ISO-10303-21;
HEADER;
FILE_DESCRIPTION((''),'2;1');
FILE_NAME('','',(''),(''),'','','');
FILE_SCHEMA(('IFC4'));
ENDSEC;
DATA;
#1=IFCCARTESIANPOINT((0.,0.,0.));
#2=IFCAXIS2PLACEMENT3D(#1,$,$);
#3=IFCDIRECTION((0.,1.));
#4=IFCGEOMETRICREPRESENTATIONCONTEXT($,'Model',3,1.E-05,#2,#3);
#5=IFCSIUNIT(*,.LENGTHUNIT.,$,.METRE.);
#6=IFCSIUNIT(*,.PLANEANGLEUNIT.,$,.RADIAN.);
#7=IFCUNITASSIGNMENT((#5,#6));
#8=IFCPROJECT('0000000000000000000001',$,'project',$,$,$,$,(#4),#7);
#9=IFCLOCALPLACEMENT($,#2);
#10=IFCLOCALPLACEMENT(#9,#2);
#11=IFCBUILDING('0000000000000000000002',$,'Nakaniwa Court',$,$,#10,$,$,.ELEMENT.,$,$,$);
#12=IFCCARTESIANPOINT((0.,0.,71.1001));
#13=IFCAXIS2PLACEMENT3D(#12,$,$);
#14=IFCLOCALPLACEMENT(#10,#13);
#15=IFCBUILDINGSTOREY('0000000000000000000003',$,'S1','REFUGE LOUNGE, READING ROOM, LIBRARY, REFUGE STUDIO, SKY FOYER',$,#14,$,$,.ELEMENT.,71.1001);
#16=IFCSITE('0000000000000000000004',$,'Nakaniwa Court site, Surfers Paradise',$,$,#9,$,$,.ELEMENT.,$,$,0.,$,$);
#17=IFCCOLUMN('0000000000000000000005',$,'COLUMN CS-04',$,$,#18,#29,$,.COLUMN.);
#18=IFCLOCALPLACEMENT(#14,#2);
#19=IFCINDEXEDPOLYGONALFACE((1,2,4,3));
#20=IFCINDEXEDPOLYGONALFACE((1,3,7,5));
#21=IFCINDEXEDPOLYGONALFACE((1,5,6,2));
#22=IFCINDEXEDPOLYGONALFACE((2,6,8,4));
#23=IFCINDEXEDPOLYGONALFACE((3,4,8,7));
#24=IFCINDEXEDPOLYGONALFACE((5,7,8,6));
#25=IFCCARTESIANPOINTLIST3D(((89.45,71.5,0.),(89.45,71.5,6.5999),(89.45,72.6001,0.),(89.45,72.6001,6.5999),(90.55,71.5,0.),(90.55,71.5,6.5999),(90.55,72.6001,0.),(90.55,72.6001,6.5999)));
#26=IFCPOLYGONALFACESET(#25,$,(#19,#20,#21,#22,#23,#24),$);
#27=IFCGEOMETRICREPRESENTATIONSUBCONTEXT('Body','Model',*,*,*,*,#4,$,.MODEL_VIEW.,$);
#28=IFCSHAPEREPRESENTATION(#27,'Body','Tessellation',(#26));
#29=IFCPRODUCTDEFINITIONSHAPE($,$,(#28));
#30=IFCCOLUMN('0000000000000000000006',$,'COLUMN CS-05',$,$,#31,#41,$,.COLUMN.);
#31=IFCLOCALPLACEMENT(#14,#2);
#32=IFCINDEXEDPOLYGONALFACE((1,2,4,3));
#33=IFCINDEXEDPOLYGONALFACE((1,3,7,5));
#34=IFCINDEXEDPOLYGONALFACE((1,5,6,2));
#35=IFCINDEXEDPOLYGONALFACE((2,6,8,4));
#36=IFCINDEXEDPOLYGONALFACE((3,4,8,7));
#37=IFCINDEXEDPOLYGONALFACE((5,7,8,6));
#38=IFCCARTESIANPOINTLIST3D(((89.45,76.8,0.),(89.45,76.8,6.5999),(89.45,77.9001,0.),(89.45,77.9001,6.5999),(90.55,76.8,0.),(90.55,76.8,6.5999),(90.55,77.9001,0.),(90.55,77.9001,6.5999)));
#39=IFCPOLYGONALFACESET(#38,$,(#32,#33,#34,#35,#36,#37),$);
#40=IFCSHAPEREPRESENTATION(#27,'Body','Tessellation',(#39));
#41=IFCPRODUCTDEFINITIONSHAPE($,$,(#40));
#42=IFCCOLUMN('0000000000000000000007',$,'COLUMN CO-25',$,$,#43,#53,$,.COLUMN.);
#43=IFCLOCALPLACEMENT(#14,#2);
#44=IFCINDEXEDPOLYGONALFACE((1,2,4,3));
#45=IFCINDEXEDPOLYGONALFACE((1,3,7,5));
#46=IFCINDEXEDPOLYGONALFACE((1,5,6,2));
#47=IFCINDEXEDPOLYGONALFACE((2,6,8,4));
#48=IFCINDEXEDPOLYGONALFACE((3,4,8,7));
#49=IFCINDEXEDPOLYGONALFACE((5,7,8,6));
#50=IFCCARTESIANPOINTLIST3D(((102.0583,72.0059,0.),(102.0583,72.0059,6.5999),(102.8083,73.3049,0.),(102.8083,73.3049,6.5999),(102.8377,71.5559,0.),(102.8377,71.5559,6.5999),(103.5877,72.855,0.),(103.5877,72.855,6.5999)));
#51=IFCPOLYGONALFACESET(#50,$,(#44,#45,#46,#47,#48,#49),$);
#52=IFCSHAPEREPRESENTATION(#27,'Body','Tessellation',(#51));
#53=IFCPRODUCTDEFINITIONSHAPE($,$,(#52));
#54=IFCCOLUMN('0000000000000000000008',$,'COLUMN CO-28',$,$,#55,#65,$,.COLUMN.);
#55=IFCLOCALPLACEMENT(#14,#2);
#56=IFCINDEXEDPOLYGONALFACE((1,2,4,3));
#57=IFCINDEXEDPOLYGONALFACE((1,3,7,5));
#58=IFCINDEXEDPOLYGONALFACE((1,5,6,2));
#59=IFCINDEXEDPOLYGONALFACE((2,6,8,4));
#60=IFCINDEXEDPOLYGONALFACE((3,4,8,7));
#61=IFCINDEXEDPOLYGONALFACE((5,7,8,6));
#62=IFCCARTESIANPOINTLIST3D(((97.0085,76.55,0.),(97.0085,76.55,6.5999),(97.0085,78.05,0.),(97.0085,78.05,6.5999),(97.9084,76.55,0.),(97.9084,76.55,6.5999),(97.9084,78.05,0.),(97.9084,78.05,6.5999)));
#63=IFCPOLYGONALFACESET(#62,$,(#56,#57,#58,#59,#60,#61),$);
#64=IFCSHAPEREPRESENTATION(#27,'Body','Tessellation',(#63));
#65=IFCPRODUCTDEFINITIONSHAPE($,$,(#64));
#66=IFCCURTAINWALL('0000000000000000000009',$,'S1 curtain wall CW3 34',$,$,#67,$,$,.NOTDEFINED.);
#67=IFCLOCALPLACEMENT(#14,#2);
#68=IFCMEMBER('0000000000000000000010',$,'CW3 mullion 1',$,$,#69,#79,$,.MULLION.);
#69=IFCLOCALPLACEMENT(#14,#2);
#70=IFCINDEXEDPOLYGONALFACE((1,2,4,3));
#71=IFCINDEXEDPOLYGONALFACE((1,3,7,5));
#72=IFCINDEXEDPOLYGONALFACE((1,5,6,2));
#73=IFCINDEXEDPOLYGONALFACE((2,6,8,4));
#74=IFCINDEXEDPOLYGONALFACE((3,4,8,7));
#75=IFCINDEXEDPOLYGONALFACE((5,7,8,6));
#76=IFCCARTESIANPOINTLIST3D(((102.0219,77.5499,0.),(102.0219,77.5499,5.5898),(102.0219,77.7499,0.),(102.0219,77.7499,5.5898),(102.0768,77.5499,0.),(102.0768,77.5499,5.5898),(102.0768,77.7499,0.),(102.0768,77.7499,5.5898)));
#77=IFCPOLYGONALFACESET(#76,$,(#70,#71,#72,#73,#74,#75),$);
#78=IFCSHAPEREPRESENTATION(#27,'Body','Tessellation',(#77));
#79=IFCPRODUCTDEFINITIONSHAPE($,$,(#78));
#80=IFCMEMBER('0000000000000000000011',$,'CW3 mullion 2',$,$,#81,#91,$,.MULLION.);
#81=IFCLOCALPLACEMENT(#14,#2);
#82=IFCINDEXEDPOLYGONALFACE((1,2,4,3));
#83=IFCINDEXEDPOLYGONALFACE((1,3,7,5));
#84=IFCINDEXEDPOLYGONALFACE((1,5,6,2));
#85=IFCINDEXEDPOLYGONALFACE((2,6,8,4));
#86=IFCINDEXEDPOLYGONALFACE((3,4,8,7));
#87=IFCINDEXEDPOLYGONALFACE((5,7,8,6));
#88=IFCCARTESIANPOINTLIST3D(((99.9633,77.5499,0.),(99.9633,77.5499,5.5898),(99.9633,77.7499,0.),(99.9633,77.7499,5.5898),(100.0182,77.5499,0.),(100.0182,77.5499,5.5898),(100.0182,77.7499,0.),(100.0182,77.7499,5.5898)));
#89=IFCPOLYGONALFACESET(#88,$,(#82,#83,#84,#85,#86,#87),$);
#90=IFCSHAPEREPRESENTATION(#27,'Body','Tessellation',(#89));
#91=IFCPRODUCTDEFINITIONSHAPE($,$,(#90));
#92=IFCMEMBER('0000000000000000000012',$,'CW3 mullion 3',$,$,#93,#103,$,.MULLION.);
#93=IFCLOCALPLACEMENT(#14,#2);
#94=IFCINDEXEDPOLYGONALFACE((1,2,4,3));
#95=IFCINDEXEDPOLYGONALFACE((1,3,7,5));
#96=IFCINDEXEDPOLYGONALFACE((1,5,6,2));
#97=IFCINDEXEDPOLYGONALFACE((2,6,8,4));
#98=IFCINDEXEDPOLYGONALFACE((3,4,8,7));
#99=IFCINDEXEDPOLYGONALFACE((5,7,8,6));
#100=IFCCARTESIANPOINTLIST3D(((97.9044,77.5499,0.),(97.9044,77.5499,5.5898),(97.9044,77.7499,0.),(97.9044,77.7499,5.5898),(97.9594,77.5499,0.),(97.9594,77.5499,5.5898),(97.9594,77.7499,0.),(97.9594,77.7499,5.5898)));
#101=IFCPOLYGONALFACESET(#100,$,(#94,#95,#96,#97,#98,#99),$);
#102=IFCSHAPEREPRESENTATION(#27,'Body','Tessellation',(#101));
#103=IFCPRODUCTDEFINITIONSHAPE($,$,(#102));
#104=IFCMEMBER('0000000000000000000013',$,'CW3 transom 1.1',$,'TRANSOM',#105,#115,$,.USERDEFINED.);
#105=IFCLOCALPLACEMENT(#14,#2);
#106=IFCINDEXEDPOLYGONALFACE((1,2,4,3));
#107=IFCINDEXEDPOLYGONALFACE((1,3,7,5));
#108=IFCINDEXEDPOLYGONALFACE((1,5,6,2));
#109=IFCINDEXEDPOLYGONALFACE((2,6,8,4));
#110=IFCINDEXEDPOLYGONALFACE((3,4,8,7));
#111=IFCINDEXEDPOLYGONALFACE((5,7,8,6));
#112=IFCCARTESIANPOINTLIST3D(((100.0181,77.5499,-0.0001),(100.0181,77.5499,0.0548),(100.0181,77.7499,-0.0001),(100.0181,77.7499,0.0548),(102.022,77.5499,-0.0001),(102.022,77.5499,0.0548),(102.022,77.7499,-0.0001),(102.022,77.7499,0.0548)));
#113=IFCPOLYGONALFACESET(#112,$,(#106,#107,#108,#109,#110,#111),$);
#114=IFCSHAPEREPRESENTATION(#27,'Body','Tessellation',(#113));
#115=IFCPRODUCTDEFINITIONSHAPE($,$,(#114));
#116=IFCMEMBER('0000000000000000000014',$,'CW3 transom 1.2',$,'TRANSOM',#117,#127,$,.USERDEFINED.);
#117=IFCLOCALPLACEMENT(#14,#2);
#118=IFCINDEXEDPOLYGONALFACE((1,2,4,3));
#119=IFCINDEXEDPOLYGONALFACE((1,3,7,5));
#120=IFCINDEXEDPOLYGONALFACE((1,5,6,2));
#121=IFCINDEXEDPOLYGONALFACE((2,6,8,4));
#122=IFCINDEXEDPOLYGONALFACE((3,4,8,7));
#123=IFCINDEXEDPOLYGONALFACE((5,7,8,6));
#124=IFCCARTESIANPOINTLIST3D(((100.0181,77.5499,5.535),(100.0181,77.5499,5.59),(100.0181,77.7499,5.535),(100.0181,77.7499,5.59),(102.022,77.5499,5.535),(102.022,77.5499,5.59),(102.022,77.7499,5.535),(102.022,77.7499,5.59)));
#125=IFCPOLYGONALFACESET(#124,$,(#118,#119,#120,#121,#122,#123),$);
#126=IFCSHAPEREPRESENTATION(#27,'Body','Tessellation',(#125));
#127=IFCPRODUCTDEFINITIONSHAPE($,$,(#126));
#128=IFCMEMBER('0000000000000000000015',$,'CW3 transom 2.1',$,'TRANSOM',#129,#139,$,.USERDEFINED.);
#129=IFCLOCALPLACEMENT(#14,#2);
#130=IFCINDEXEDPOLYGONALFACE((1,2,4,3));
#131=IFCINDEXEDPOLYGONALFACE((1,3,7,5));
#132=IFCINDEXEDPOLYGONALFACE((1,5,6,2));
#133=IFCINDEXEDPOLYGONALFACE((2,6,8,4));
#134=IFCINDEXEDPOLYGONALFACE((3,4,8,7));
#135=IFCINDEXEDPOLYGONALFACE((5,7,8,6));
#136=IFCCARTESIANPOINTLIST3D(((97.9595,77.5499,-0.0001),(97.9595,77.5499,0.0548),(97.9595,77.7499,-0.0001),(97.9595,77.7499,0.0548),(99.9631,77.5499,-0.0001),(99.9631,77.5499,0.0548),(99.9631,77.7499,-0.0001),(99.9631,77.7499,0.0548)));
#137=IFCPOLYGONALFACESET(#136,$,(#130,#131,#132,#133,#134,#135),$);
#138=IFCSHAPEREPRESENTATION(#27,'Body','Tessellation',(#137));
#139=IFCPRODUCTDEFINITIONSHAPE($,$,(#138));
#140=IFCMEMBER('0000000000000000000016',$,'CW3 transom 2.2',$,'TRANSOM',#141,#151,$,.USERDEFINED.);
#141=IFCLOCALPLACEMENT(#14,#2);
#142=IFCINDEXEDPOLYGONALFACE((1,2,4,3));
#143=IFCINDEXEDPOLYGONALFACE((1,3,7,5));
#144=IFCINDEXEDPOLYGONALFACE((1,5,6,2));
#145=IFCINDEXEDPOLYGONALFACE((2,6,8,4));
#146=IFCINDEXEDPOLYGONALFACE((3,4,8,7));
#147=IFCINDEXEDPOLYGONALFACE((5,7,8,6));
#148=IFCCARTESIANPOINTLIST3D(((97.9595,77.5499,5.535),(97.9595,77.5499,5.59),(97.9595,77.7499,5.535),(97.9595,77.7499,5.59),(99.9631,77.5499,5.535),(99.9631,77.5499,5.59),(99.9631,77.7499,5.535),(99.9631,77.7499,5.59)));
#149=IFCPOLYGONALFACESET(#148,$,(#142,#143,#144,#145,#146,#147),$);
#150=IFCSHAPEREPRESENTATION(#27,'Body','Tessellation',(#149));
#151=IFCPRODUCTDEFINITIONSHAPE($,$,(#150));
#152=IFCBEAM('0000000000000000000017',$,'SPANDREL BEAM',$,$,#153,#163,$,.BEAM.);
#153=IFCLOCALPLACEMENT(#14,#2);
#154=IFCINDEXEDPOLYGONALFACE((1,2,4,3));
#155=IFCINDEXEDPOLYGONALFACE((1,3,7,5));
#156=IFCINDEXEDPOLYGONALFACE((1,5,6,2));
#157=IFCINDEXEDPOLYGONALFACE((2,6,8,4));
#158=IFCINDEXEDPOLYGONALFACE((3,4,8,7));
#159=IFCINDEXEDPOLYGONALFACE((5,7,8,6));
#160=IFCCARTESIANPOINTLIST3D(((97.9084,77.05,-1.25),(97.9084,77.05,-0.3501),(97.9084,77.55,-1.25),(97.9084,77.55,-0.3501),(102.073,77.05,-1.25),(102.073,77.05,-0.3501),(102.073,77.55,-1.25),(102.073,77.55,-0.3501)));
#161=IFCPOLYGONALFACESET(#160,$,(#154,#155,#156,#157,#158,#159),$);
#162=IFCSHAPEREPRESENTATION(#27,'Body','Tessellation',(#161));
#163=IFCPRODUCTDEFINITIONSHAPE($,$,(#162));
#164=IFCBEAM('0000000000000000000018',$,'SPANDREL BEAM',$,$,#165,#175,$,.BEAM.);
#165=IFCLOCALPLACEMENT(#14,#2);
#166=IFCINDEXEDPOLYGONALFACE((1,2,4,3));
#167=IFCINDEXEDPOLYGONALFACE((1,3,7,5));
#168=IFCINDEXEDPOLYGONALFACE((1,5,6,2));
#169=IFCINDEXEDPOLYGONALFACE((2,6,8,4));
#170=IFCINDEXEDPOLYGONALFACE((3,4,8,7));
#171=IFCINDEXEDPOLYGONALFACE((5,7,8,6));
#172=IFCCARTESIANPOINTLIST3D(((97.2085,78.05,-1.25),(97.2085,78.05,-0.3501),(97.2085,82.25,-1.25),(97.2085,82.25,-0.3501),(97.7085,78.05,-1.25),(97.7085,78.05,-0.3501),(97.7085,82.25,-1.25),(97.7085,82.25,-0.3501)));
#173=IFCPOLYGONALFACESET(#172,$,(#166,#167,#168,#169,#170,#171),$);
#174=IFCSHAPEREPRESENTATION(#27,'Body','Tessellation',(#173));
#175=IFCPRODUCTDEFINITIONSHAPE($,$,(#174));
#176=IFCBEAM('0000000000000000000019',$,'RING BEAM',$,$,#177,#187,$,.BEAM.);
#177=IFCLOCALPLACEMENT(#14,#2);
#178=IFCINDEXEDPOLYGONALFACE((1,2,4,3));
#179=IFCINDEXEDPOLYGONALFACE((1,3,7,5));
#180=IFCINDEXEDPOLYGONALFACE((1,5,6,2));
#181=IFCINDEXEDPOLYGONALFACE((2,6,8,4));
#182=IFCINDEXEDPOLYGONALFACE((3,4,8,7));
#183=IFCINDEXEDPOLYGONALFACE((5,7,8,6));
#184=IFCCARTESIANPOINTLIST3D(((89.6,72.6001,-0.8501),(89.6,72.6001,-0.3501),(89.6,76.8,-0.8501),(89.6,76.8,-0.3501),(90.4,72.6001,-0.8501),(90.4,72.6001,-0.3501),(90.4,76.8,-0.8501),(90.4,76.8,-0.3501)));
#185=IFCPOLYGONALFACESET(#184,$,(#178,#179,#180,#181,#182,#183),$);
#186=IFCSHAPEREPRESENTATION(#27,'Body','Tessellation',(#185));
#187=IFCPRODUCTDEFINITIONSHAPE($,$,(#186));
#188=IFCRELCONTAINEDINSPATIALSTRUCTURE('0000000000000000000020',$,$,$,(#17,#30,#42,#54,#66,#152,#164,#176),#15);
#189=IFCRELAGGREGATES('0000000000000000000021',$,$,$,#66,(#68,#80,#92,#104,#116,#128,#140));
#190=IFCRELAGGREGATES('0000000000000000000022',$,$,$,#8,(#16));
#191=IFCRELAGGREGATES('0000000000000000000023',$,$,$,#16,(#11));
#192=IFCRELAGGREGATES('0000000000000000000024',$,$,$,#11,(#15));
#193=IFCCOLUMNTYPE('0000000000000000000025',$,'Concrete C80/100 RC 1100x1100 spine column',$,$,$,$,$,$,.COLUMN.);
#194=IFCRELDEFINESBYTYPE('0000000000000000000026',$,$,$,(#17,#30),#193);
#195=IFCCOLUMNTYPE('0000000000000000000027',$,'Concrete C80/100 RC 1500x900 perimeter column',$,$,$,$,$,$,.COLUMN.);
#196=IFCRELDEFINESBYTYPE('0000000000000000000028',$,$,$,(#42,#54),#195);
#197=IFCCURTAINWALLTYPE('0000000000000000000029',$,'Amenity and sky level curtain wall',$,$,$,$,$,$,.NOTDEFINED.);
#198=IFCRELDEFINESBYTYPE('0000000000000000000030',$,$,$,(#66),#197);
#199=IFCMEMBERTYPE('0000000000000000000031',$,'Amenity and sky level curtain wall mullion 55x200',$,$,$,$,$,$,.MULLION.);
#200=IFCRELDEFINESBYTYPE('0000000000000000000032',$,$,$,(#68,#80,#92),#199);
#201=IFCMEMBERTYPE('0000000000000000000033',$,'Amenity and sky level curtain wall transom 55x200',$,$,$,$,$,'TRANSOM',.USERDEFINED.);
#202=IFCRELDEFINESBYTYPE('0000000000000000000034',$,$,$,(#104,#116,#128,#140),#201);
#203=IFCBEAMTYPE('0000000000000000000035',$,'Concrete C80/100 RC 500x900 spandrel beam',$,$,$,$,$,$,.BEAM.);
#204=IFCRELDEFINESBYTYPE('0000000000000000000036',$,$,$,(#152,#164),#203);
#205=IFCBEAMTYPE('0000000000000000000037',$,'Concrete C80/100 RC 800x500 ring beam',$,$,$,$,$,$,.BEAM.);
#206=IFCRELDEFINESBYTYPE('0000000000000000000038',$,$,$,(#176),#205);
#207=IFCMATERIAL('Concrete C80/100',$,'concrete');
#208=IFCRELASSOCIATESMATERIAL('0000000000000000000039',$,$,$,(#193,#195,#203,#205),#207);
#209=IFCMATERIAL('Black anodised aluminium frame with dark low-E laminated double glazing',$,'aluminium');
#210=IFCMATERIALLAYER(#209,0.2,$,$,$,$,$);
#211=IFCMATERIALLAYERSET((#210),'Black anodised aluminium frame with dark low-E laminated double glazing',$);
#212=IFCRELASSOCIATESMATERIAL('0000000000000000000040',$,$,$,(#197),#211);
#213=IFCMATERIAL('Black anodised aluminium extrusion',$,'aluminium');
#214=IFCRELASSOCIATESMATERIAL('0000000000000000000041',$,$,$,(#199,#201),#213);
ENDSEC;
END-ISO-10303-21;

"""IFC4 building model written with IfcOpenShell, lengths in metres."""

from ifc_helpers import new_model, si_unit, direction, frame, origin, origin_2d, place, context, subcontext, project, spatial, rectangle, extrude, material, layer, layer_set, material_profile, profile_set, type_object, element, aggregate, save


model = new_model("IFC4")

# Units and contexts
model_context = context("Model", 3, precision=1e-05, world=origin(), true_north=direction((0.0, 1.0)))
body_context = subcontext(model_context, "Body", "Model", "MODEL_VIEW")
ifc_project = project(units=[si_unit("LENGTHUNIT", "METRE"), si_unit("PLANEANGLEUNIT", "RADIAN")], contexts=[model_context])

# Site, building, storey
site_placement = place(None, origin())
site = spatial("IfcSite", under=ifc_project, at=site_placement, Name="Nakaniwa Court site, Surfers Paradise", CompositionType="ELEMENT", RefElevation=0.0)
building_placement = place(site_placement, origin())
building = spatial("IfcBuilding", under=site, at=building_placement, Name="Nakaniwa Court", CompositionType="ELEMENT")
storey_placement = place(building_placement, frame((0.0, 0.0, 71.1001)))
storey = spatial("IfcBuildingStorey", under=building, at=storey_placement, Name="S1", Description="REFUGE LOUNGE, READING ROOM, LIBRARY, REFUGE STUDIO, SKY FOYER", CompositionType="ELEMENT", Elevation=71.1001)

# Columns
ifc_material_1 = material(Name="Concrete C80/100", Category="concrete")
ifc_material_profile_1 = material_profile(ifc_material_1, rectangle(XDim=1.1001, YDim=1.1001, at=origin_2d()), Name="Concrete C80/100 RC 1100x1100 spine column")
ifc_profile_set_1 = profile_set([ifc_material_profile_1], Name="Concrete C80/100")
column_type_1 = type_object("IfcColumnType", Name="Concrete C80/100 RC 1100x1100 spine column", PredefinedType="COLUMN", material=ifc_profile_set_1)
for number, where, z_axis, x_axis, name in (
    (1, (90.0, 72.05, 0.0), (0.0, 0.0, 1.0), (0.0, 1.0, 0.0), "COLUMN CS-04"),
    (2, (90.0, 77.3501, 0.0), (0.0, 0.0, 1.0), (0.0, 1.0, 0.0), "COLUMN CS-05"),
):
    element("IfcColumn", number, at=place(storey_placement, frame(where, z_axis=z_axis, x_axis=x_axis)), inside=storey, type_object=column_type_1, Name=name, PredefinedType="COLUMN", context=body_context, shape_type="SweptSolid", body=[
        extrude(rectangle(XDim=1.1001, YDim=1.1001, at=origin_2d()), origin(), (0.0, 0.0, 1.0), 6.5999),
    ])
ifc_material_profile_2 = material_profile(ifc_material_1, rectangle(XDim=1.5, YDim=0.8999, at=origin_2d()), Name="Concrete C80/100 RC 1500x900 perimeter column")
ifc_profile_set_2 = profile_set([ifc_material_profile_2], Name="Concrete C80/100")
column_type_2 = type_object("IfcColumnType", Name="Concrete C80/100 RC 1500x900 perimeter column", PredefinedType="COLUMN", material=ifc_profile_set_2)
for number, where, z_axis, x_axis, name in (
    (3, (102.823, 72.4304, 0.0), (0.0, 0.0, 1.0), (0.5, 0.866025, 0.0), "COLUMN CO-25"),
    (4, (97.4585, 77.3, 0.0), (0.0, 0.0, 1.0), (0.0, 1.0, 0.0), "COLUMN CO-28"),
):
    element("IfcColumn", number, at=place(storey_placement, frame(where, z_axis=z_axis, x_axis=x_axis)), inside=storey, type_object=column_type_2, Name=name, PredefinedType="COLUMN", context=body_context, shape_type="SweptSolid", body=[
        extrude(rectangle(XDim=1.5, YDim=0.8999, at=origin_2d()), origin(), (0.0, 0.0, 1.0), 6.5999),
    ])

# Curtain wall, members
ifc_material_2 = material(Name="Black anodised aluminium frame with dark low-E laminated double glazing", Category="aluminium")
ifc_layer_1 = layer(ifc_material_2, 0.2)
ifc_layer_set_1 = layer_set([ifc_layer_1], Name="Black anodised aluminium frame with dark low-E laminated double glazing")
curtain_wall_type = type_object("IfcCurtainWallType", Name="Amenity and sky level curtain wall", PredefinedType="NOTDEFINED", material=ifc_layer_set_1)
curtain_wall_placement = place(storey_placement, origin())
curtain_wall = element("IfcCurtainWall", 5, at=curtain_wall_placement, inside=storey, type_object=curtain_wall_type, Name="S1 curtain wall CW3 34", PredefinedType="NOTDEFINED")
ifc_material_3 = material(Name="Black anodised aluminium extrusion", Category="aluminium")
ifc_material_profile_3 = material_profile(ifc_material_3, rectangle(XDim=0.2, YDim=0.0549, at=origin_2d()), Name="Amenity and sky level curtain wall mullion 55x200")
ifc_profile_set_3 = profile_set([ifc_material_profile_3], Name="Black anodised aluminium extrusion")
member_type_1 = type_object("IfcMemberType", Name="Amenity and sky level curtain wall mullion 55x200", PredefinedType="MULLION", material=ifc_profile_set_3)
member_1_placement = place(storey_placement, frame((102.0493, 77.6499, 0.0), z_axis=(0.0, 0.0, 1.0), x_axis=(0.0, -1.0, 0.0)))
member_1 = element("IfcMember", 6, at=member_1_placement, type_object=member_type_1, Name="CW3 mullion 1", PredefinedType="MULLION", context=body_context, shape_type="SweptSolid", body=[
    extrude(rectangle(XDim=0.2, YDim=0.0549, at=origin_2d()), origin(), (0.0, 0.0, 1.0), 5.5898),
])
member_2_placement = place(storey_placement, frame((99.9907, 77.6499, 0.0), z_axis=(0.0, 0.0, 1.0), x_axis=(0.0, -1.0, 0.0)))
member_2 = element("IfcMember", 7, at=member_2_placement, type_object=member_type_1, Name="CW3 mullion 2", PredefinedType="MULLION", context=body_context, shape_type="SweptSolid", body=[
    extrude(rectangle(XDim=0.2, YDim=0.0549, at=origin_2d()), origin(), (0.0, 0.0, 1.0), 5.5898),
])
member_3_placement = place(storey_placement, frame((97.9319, 77.6499, 0.0), z_axis=(0.0, 0.0, 1.0), x_axis=(0.0, -1.0, 0.0)))
member_3 = element("IfcMember", 8, at=member_3_placement, type_object=member_type_1, Name="CW3 mullion 3", PredefinedType="MULLION", context=body_context, shape_type="SweptSolid", body=[
    extrude(rectangle(XDim=0.2, YDim=0.0549, at=origin_2d()), origin(), (0.0, 0.0, 1.0), 5.5898),
])
ifc_material_profile_4 = material_profile(ifc_material_3, rectangle(XDim=0.2, YDim=0.0549, at=origin_2d()), Name="Amenity and sky level curtain wall transom 55x200")
ifc_profile_set_4 = profile_set([ifc_material_profile_4], Name="Black anodised aluminium extrusion")
member_type_2 = type_object("IfcMemberType", Name="Amenity and sky level curtain wall transom 55x200", ElementType="TRANSOM", PredefinedType="USERDEFINED", material=ifc_profile_set_4)
member_4_placement = place(storey_placement, frame((102.022, 77.6499, 0.0273), z_axis=(-1.0, 0.0, 0.0), x_axis=(0.0, -1.0, 0.0)))
member_4 = element("IfcMember", 9, at=member_4_placement, type_object=member_type_2, Name="CW3 transom 1.1", ObjectType="TRANSOM", PredefinedType="USERDEFINED", context=body_context, shape_type="SweptSolid", body=[
    extrude(rectangle(XDim=0.2, YDim=0.0549, at=origin_2d()), origin(), (0.0, 0.0, 1.0), 2.0039),
])
member_5_placement = place(storey_placement, frame((102.022, 77.6499, 5.5625), z_axis=(-1.0, 0.0, 0.0), x_axis=(0.0, -1.0, 0.0)))
member_5 = element("IfcMember", 10, at=member_5_placement, type_object=member_type_2, Name="CW3 transom 1.2", ObjectType="TRANSOM", PredefinedType="USERDEFINED", context=body_context, shape_type="SweptSolid", body=[
    extrude(rectangle(XDim=0.2, YDim=0.0549, at=origin_2d()), origin(), (0.0, 0.0, 1.0), 2.0039),
])
member_6_placement = place(storey_placement, frame((99.9631, 77.6499, 0.0273), z_axis=(-1.0, 0.0, 0.0), x_axis=(0.0, -1.0, 0.0)))
member_6 = element("IfcMember", 11, at=member_6_placement, type_object=member_type_2, Name="CW3 transom 2.1", ObjectType="TRANSOM", PredefinedType="USERDEFINED", context=body_context, shape_type="SweptSolid", body=[
    extrude(rectangle(XDim=0.2, YDim=0.0549, at=origin_2d()), origin(), (0.0, 0.0, 1.0), 2.0037),
])
member_7_placement = place(storey_placement, frame((99.9631, 77.6499, 5.5625), z_axis=(-1.0, 0.0, 0.0), x_axis=(0.0, -1.0, 0.0)))
member_7 = element("IfcMember", 12, at=member_7_placement, type_object=member_type_2, Name="CW3 transom 2.2", ObjectType="TRANSOM", PredefinedType="USERDEFINED", context=body_context, shape_type="SweptSolid", body=[
    extrude(rectangle(XDim=0.2, YDim=0.0549, at=origin_2d()), origin(), (0.0, 0.0, 1.0), 2.0037),
])

# Beams
ifc_material_profile_5 = material_profile(ifc_material_1, rectangle(XDim=0.5, YDim=0.8999, at=origin_2d()), Name="Concrete C80/100 RC 500x900 spandrel beam")
ifc_profile_set_5 = profile_set([ifc_material_profile_5], Name="Concrete C80/100")
beam_type_1 = type_object("IfcBeamType", Name="Concrete C80/100 RC 500x900 spandrel beam", PredefinedType="BEAM", material=ifc_profile_set_5)
beam_1_placement = place(storey_placement, frame((102.073, 77.3, -0.8), z_axis=(-1.0, 0.0, 0.0), x_axis=(0.0, -1.0, 0.0)))
element("IfcBeam", 13, at=beam_1_placement, inside=storey, type_object=beam_type_1, Name="SPANDREL BEAM", PredefinedType="BEAM", context=body_context, shape_type="SweptSolid", body=[
    extrude(rectangle(XDim=0.5, YDim=0.8999, at=origin_2d()), origin(), (0.0, 0.0, 1.0), 4.1646),
])
beam_2_placement = place(storey_placement, frame((97.4585, 78.05, -0.8), z_axis=(0.0, 1.0, 0.0), x_axis=(-1.0, 0.0, 0.0)))
element("IfcBeam", 14, at=beam_2_placement, inside=storey, type_object=beam_type_1, Name="SPANDREL BEAM", PredefinedType="BEAM", context=body_context, shape_type="SweptSolid", body=[
    extrude(rectangle(XDim=0.5, YDim=0.8999, at=origin_2d()), origin(), (0.0, 0.0, 1.0), 4.2),
])
ifc_material_profile_6 = material_profile(ifc_material_1, rectangle(XDim=0.8, YDim=0.5, at=origin_2d()), Name="Concrete C80/100 RC 800x500 ring beam")
ifc_profile_set_6 = profile_set([ifc_material_profile_6], Name="Concrete C80/100")
beam_type_2 = type_object("IfcBeamType", Name="Concrete C80/100 RC 800x500 ring beam", PredefinedType="BEAM", material=ifc_profile_set_6)
beam_3_placement = place(storey_placement, frame((90.0, 72.6001, -0.6001), z_axis=(0.0, 1.0, 0.0), x_axis=(-1.0, 0.0, 0.0)))
element("IfcBeam", 15, at=beam_3_placement, inside=storey, type_object=beam_type_2, Name="RING BEAM", PredefinedType="BEAM", context=body_context, shape_type="SweptSolid", body=[
    extrude(rectangle(XDim=0.8, YDim=0.5, at=origin_2d()), origin(), (0.0, 0.0, 1.0), 4.2),
])

aggregate(curtain_wall, [member_1, member_2, member_3, member_4, member_5, member_6, member_7])

save(model, "model.ifc")
